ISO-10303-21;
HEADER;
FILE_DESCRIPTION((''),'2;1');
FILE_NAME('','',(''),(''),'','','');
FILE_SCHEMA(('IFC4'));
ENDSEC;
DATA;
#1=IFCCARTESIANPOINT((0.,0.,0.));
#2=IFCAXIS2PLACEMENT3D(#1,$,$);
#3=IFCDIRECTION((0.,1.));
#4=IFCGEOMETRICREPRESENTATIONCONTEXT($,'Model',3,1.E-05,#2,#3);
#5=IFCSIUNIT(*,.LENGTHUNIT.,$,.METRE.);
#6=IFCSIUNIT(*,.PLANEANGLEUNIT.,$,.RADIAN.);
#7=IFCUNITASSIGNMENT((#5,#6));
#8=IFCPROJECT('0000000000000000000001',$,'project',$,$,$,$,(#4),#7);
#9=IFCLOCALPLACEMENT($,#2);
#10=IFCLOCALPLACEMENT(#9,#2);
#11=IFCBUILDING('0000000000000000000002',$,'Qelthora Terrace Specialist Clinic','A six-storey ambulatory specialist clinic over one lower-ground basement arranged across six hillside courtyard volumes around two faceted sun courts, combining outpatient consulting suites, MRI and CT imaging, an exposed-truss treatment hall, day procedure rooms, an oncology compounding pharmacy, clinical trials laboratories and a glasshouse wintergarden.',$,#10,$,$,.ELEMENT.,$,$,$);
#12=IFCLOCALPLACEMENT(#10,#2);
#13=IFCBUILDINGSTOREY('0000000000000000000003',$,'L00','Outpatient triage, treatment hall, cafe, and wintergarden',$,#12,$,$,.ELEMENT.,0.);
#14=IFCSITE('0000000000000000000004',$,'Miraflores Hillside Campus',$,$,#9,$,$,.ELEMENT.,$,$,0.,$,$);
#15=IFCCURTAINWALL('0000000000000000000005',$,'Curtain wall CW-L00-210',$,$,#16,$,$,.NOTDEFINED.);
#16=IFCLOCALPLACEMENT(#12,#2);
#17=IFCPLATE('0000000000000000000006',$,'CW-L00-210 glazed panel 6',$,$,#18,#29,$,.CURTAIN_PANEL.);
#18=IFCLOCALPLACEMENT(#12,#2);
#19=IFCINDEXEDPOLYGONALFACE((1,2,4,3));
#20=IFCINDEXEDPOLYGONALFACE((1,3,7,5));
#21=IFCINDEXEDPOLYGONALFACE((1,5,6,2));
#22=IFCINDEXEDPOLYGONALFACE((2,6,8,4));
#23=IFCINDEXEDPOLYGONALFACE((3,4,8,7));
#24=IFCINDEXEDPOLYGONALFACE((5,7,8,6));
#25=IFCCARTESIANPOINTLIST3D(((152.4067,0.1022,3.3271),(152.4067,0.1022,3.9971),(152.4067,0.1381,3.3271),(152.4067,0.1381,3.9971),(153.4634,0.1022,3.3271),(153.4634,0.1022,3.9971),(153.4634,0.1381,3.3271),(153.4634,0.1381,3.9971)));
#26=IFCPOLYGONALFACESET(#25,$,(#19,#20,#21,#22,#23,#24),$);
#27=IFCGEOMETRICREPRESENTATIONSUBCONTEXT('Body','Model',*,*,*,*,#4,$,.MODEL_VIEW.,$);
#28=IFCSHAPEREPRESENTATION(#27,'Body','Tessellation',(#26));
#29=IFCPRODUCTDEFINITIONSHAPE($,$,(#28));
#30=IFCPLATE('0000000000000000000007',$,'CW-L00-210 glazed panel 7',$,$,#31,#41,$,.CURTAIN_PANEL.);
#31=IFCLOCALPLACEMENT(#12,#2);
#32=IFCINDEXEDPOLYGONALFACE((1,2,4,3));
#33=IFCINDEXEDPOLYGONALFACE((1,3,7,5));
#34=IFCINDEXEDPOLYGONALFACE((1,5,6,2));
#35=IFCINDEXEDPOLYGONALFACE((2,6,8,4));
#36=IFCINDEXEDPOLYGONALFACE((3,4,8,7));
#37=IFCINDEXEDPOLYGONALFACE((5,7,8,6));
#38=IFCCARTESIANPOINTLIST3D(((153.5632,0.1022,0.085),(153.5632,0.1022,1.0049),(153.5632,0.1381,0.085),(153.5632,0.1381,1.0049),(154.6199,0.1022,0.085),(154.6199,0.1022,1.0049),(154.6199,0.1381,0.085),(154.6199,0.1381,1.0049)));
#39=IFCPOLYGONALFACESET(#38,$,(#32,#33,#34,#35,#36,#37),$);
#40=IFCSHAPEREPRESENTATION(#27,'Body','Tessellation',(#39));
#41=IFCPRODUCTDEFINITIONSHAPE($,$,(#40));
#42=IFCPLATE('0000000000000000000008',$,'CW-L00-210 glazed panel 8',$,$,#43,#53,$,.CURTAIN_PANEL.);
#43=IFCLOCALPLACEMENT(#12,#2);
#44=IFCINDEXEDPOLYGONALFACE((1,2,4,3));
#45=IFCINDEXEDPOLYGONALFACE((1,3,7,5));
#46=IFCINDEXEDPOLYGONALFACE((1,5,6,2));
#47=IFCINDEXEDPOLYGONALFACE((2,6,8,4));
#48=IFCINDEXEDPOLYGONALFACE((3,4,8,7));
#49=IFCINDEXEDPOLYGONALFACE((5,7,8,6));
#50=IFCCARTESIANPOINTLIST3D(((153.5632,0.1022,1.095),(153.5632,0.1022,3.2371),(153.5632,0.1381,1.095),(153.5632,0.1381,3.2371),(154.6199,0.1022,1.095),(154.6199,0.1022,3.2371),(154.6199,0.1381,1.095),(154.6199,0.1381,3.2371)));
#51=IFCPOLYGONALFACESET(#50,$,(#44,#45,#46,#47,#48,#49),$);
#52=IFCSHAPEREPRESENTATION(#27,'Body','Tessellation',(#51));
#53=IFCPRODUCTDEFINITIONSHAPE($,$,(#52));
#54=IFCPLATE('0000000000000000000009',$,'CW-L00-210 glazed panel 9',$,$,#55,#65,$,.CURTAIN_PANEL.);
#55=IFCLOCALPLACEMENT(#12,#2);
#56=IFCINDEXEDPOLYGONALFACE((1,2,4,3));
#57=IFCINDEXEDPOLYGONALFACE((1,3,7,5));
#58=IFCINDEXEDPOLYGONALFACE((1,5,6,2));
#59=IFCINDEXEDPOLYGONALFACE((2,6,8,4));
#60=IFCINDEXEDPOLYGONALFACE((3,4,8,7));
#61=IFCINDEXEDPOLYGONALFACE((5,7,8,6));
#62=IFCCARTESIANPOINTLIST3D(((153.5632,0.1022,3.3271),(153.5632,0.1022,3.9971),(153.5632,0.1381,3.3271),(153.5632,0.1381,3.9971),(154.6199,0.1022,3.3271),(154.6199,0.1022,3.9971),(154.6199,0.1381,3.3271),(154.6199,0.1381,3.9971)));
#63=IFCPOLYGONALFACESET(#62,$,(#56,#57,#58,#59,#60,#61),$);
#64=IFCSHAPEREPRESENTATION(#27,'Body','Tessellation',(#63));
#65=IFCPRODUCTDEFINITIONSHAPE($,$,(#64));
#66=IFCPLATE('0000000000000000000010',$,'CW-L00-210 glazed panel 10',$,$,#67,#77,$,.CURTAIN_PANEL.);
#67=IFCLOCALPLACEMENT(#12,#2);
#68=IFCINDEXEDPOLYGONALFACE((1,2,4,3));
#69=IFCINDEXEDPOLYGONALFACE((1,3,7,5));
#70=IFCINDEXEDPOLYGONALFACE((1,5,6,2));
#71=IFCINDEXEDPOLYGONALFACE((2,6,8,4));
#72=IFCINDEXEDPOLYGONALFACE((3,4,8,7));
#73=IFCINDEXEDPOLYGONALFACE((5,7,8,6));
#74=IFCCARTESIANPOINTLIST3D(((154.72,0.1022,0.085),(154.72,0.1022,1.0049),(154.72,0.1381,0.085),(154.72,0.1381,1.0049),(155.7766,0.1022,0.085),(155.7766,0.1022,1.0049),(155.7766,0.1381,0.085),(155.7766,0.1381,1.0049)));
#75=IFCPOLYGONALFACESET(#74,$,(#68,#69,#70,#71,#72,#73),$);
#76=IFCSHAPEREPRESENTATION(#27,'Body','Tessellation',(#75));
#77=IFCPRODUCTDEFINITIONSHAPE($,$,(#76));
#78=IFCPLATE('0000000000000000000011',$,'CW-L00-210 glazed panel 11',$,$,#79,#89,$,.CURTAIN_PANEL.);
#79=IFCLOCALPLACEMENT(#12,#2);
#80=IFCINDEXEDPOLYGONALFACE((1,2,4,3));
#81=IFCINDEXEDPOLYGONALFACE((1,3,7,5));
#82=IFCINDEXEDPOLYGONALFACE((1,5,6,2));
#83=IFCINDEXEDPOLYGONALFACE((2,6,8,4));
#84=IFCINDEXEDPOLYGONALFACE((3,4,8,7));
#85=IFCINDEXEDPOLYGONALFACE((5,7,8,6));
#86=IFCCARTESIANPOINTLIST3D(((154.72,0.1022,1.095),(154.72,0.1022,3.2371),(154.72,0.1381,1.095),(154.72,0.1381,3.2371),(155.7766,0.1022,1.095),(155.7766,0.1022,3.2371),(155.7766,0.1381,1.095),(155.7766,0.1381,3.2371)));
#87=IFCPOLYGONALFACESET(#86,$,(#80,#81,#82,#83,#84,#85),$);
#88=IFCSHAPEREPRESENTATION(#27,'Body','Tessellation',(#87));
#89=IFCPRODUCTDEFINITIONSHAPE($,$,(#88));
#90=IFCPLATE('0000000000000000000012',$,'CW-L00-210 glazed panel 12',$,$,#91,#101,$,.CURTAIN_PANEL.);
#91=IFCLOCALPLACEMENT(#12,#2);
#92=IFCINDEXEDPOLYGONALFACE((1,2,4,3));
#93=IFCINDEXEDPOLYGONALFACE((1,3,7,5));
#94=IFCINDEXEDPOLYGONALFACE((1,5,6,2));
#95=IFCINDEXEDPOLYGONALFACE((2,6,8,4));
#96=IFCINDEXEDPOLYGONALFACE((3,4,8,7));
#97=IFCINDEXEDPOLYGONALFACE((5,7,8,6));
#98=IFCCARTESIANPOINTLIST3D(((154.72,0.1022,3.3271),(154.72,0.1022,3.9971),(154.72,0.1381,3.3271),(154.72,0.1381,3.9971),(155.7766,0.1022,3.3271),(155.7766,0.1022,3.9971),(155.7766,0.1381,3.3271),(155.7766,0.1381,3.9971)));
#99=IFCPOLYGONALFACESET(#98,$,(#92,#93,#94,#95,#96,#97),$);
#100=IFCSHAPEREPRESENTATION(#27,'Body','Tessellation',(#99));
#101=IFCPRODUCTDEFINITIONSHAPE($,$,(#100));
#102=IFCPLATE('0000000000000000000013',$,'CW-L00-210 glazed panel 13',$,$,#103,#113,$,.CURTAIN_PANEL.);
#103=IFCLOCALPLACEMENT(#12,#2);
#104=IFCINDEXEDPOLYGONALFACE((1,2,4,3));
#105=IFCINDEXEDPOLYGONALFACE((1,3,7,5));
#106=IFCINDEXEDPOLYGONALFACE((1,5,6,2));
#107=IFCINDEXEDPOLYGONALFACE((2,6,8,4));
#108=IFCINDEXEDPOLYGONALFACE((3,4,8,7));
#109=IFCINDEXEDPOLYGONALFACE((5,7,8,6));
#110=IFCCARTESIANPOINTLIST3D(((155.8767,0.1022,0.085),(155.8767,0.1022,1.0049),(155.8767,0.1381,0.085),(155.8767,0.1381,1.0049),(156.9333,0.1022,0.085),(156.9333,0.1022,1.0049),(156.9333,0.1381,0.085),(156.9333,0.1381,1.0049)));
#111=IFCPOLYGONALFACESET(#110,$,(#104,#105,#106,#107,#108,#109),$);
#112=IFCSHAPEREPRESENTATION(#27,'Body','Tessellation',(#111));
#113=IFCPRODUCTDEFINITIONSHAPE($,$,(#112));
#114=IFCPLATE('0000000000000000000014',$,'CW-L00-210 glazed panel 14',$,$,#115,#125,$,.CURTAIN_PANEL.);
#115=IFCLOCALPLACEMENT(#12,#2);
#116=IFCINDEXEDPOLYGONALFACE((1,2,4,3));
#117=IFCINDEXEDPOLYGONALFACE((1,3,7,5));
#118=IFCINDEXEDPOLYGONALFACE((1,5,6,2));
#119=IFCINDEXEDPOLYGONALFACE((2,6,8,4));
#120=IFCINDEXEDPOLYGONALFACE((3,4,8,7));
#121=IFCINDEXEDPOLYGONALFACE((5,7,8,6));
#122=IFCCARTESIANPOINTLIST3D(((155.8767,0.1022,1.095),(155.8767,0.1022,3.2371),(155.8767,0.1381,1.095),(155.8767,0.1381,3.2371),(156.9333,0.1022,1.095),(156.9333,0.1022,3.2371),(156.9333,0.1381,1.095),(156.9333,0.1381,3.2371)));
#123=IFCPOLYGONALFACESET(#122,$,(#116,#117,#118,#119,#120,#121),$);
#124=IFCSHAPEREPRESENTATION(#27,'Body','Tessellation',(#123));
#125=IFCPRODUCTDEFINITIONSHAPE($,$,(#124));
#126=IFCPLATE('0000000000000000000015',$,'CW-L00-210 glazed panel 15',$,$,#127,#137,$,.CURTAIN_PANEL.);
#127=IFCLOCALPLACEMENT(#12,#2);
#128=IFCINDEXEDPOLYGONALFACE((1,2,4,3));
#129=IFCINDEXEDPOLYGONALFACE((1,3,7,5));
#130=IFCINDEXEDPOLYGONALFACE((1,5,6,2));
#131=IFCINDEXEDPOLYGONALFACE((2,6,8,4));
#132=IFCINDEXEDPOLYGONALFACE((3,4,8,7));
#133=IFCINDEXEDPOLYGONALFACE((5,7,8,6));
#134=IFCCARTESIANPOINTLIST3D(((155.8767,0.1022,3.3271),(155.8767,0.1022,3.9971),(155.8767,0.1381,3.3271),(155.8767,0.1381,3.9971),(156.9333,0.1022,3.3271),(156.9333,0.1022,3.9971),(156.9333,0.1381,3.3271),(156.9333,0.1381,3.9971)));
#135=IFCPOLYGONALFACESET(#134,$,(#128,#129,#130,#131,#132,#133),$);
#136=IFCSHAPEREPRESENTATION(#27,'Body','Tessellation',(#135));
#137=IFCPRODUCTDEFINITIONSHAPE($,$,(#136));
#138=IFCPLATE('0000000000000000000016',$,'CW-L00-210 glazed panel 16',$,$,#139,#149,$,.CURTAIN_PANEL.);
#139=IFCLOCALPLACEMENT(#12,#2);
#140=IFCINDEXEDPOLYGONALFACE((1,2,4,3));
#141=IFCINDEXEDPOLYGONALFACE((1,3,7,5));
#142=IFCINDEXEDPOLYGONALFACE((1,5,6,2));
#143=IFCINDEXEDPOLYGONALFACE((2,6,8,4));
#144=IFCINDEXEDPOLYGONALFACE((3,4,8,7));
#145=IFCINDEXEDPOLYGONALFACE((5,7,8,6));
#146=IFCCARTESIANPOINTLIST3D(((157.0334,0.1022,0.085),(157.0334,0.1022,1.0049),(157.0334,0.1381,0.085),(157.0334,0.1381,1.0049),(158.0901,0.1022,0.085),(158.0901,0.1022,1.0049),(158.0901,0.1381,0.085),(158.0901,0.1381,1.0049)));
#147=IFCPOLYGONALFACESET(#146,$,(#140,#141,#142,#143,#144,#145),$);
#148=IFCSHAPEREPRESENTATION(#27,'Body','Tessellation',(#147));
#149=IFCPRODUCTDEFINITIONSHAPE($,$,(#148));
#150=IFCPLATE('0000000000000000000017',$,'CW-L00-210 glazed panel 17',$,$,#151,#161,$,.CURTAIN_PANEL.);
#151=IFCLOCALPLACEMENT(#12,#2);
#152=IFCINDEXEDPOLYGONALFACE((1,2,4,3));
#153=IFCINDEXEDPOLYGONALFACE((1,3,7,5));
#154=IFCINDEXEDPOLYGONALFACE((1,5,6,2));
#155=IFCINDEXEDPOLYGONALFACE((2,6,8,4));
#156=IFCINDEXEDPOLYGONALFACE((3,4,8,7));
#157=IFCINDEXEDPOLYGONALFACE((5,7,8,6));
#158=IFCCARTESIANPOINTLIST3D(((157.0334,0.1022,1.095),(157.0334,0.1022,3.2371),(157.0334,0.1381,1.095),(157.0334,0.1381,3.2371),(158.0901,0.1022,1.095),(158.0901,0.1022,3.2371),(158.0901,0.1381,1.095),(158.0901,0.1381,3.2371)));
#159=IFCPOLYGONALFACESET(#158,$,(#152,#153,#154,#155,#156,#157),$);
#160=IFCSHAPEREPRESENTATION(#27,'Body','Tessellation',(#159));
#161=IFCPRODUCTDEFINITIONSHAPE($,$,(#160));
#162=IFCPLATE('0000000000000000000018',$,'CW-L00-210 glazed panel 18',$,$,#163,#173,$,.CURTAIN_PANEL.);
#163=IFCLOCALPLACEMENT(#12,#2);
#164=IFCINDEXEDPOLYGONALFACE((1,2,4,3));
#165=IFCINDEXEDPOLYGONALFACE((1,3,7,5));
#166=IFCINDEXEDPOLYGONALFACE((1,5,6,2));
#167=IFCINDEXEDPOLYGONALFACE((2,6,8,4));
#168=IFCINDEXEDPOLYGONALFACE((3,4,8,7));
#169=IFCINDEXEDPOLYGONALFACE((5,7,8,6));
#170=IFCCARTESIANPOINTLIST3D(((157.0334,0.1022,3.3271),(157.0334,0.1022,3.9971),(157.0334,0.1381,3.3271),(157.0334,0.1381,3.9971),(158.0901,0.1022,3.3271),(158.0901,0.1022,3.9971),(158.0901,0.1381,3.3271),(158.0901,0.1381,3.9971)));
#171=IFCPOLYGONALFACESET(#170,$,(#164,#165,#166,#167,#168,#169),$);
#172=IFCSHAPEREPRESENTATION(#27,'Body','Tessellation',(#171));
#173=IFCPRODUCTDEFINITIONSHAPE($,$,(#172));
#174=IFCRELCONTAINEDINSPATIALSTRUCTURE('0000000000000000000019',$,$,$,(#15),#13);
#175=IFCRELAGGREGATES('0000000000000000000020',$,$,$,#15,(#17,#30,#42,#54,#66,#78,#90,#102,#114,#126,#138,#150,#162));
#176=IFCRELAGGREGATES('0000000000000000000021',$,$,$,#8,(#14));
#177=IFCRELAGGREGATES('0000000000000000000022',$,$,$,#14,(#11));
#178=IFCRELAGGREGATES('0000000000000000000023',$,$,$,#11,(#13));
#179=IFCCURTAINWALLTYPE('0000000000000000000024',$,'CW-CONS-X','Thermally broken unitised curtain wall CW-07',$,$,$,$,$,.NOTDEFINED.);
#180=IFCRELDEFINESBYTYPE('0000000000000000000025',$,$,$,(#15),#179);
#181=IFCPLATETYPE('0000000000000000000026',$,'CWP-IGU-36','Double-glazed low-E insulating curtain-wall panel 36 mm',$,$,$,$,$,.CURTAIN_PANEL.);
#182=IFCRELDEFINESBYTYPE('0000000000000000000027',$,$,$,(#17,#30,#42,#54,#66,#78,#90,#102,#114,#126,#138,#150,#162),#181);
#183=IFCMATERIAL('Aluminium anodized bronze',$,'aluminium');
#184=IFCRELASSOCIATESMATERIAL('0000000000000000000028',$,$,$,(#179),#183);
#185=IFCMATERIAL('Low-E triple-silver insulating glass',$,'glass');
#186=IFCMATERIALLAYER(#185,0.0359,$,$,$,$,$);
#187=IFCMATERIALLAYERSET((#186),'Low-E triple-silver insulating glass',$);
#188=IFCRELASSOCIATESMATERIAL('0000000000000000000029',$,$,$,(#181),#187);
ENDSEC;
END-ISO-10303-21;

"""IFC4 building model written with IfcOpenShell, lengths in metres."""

from ifc_helpers import new_model, si_unit, direction, frame, origin, origin_2d, place, context, subcontext, project, spatial, rectangle, extrude, material, layer, layer_set, type_object, element, aggregate, save


model = new_model("IFC4")

# Units and contexts
model_context = context("Model", 3, precision=1e-05, world=origin(), true_north=direction((0.0, 1.0)))
body_context = subcontext(model_context, "Body", "Model", "MODEL_VIEW")
ifc_project = project(units=[si_unit("LENGTHUNIT", "METRE"), si_unit("PLANEANGLEUNIT", "RADIAN")], contexts=[model_context])

# Site, building, storey
site_placement = place(None, origin())
site = spatial("IfcSite", under=ifc_project, at=site_placement, Name="Miraflores Hillside Campus", CompositionType="ELEMENT", RefElevation=0.0)
building_placement = place(site_placement, origin())
building = spatial("IfcBuilding", under=site, at=building_placement, Name="Qelthora Terrace Specialist Clinic", Description="A six-storey ambulatory specialist clinic over one lower-ground basement arranged across six hillside courtyard volumes around two faceted sun courts, combining outpatient consulting suites, MRI and CT imaging, an exposed-truss treatment hall, day procedure rooms, an oncology compounding pharmacy, clinical trials laboratories and a glasshouse wintergarden.", CompositionType="ELEMENT")
storey_placement = place(building_placement, origin())
storey = spatial("IfcBuildingStorey", under=building, at=storey_placement, Name="L00", Description="Outpatient triage, treatment hall, cafe, and wintergarden", CompositionType="ELEMENT", Elevation=0.0)

# Curtain wall, plates
ifc_material_1 = material(Name="Aluminium anodized bronze", Category="aluminium")
curtain_wall_type = type_object("IfcCurtainWallType", Name="CW-CONS-X", Description="Thermally broken unitised curtain wall CW-07", PredefinedType="NOTDEFINED", material=ifc_material_1)
curtain_wall_placement = place(storey_placement, origin())
curtain_wall = element("IfcCurtainWall", 1, at=curtain_wall_placement, inside=storey, type_object=curtain_wall_type, Name="Curtain wall CW-L00-210", PredefinedType="NOTDEFINED")
ifc_material_2 = material(Name="Low-E triple-silver insulating glass", Category="glass")
ifc_layer = layer(ifc_material_2, 0.0359)
ifc_layer_set = layer_set([ifc_layer], Name="Low-E triple-silver insulating glass")
plate_type = type_object("IfcPlateType", Name="CWP-IGU-36", Description="Double-glazed low-E insulating curtain-wall panel 36 mm", PredefinedType="CURTAIN_PANEL", material=ifc_layer_set)
plate_1_placement = place(storey_placement, frame((152.9351, 0.1201, 3.3271), z_axis=(0.0, 0.0, 1.0), x_axis=(1.0, 0.0, 0.0)))
plate_1 = element("IfcPlate", 2, at=plate_1_placement, type_object=plate_type, Name="CW-L00-210 glazed panel 6", PredefinedType="CURTAIN_PANEL", context=body_context, shape_type="SweptSolid", body=[
    extrude(rectangle(XDim=1.0566, YDim=0.0359, at=origin_2d()), origin(), (0.0, 0.0, 1.0), 0.6699),
])
plate_2_placement = place(storey_placement, frame((154.0916, 0.1201, 0.085), z_axis=(0.0, 0.0, 1.0), x_axis=(1.0, 0.0, 0.0)))
plate_2 = element("IfcPlate", 3, at=plate_2_placement, type_object=plate_type, Name="CW-L00-210 glazed panel 7", PredefinedType="CURTAIN_PANEL", context=body_context, shape_type="SweptSolid", body=[
    extrude(rectangle(XDim=1.0566, YDim=0.0359, at=origin_2d()), origin(), (0.0, 0.0, 1.0), 0.9199),
])
plate_3_placement = place(storey_placement, frame((154.0916, 0.1201, 1.095), z_axis=(0.0, 0.0, 1.0), x_axis=(1.0, 0.0, 0.0)))
plate_3 = element("IfcPlate", 4, at=plate_3_placement, type_object=plate_type, Name="CW-L00-210 glazed panel 8", PredefinedType="CURTAIN_PANEL", context=body_context, shape_type="SweptSolid", body=[
    extrude(rectangle(XDim=1.0566, YDim=0.0359, at=origin_2d()), origin(), (0.0, 0.0, 1.0), 2.1421),
])
plate_4_placement = place(storey_placement, frame((154.0916, 0.1201, 3.3271), z_axis=(0.0, 0.0, 1.0), x_axis=(1.0, 0.0, 0.0)))
plate_4 = element("IfcPlate", 5, at=plate_4_placement, type_object=plate_type, Name="CW-L00-210 glazed panel 9", PredefinedType="CURTAIN_PANEL", context=body_context, shape_type="SweptSolid", body=[
    extrude(rectangle(XDim=1.0566, YDim=0.0359, at=origin_2d()), origin(), (0.0, 0.0, 1.0), 0.6699),
])
plate_5_placement = place(storey_placement, frame((155.2483, 0.1201, 0.085), z_axis=(0.0, 0.0, 1.0), x_axis=(1.0, 0.0, 0.0)))
plate_5 = element("IfcPlate", 6, at=plate_5_placement, type_object=plate_type, Name="CW-L00-210 glazed panel 10", PredefinedType="CURTAIN_PANEL", context=body_context, shape_type="SweptSolid", body=[
    extrude(rectangle(XDim=1.0566, YDim=0.0359, at=origin_2d()), origin(), (0.0, 0.0, 1.0), 0.9199),
])
plate_6_placement = place(storey_placement, frame((155.2483, 0.1201, 1.095), z_axis=(0.0, 0.0, 1.0), x_axis=(1.0, 0.0, 0.0)))
plate_6 = element("IfcPlate", 7, at=plate_6_placement, type_object=plate_type, Name="CW-L00-210 glazed panel 11", PredefinedType="CURTAIN_PANEL", context=body_context, shape_type="SweptSolid", body=[
    extrude(rectangle(XDim=1.0566, YDim=0.0359, at=origin_2d()), origin(), (0.0, 0.0, 1.0), 2.1421),
])
plate_7_placement = place(storey_placement, frame((155.2483, 0.1201, 3.3271), z_axis=(0.0, 0.0, 1.0), x_axis=(1.0, 0.0, 0.0)))
plate_7 = element("IfcPlate", 8, at=plate_7_placement, type_object=plate_type, Name="CW-L00-210 glazed panel 12", PredefinedType="CURTAIN_PANEL", context=body_context, shape_type="SweptSolid", body=[
    extrude(rectangle(XDim=1.0566, YDim=0.0359, at=origin_2d()), origin(), (0.0, 0.0, 1.0), 0.6699),
])
plate_8_placement = place(storey_placement, frame((156.405, 0.1201, 0.085), z_axis=(0.0, 0.0, 1.0), x_axis=(1.0, 0.0, 0.0)))
plate_8 = element("IfcPlate", 9, at=plate_8_placement, type_object=plate_type, Name="CW-L00-210 glazed panel 13", PredefinedType="CURTAIN_PANEL", context=body_context, shape_type="SweptSolid", body=[
    extrude(rectangle(XDim=1.0566, YDim=0.0359, at=origin_2d()), origin(), (0.0, 0.0, 1.0), 0.9199),
])
plate_9_placement = place(storey_placement, frame((156.405, 0.1201, 1.095), z_axis=(0.0, 0.0, 1.0), x_axis=(1.0, 0.0, 0.0)))
plate_9 = element("IfcPlate", 10, at=plate_9_placement, type_object=plate_type, Name="CW-L00-210 glazed panel 14", PredefinedType="CURTAIN_PANEL", context=body_context, shape_type="SweptSolid", body=[
    extrude(rectangle(XDim=1.0566, YDim=0.0359, at=origin_2d()), origin(), (0.0, 0.0, 1.0), 2.1421),
])
plate_10_placement = place(storey_placement, frame((156.405, 0.1201, 3.3271), z_axis=(0.0, 0.0, 1.0), x_axis=(1.0, 0.0, 0.0)))
plate_10 = element("IfcPlate", 11, at=plate_10_placement, type_object=plate_type, Name="CW-L00-210 glazed panel 15", PredefinedType="CURTAIN_PANEL", context=body_context, shape_type="SweptSolid", body=[
    extrude(rectangle(XDim=1.0566, YDim=0.0359, at=origin_2d()), origin(), (0.0, 0.0, 1.0), 0.6699),
])
plate_11_placement = place(storey_placement, frame((157.5618, 0.1201, 0.085), z_axis=(0.0, 0.0, 1.0), x_axis=(1.0, 0.0, 0.0)))
plate_11 = element("IfcPlate", 12, at=plate_11_placement, type_object=plate_type, Name="CW-L00-210 glazed panel 16", PredefinedType="CURTAIN_PANEL", context=body_context, shape_type="SweptSolid", body=[
    extrude(rectangle(XDim=1.0566, YDim=0.0359, at=origin_2d()), origin(), (0.0, 0.0, 1.0), 0.9199),
])
plate_12_placement = place(storey_placement, frame((157.5618, 0.1201, 1.095), z_axis=(0.0, 0.0, 1.0), x_axis=(1.0, 0.0, 0.0)))
plate_12 = element("IfcPlate", 13, at=plate_12_placement, type_object=plate_type, Name="CW-L00-210 glazed panel 17", PredefinedType="CURTAIN_PANEL", context=body_context, shape_type="SweptSolid", body=[
    extrude(rectangle(XDim=1.0566, YDim=0.0359, at=origin_2d()), origin(), (0.0, 0.0, 1.0), 2.1421),
])
plate_13_placement = place(storey_placement, frame((157.5618, 0.1201, 3.3271), z_axis=(0.0, 0.0, 1.0), x_axis=(1.0, 0.0, 0.0)))
plate_13 = element("IfcPlate", 14, at=plate_13_placement, type_object=plate_type, Name="CW-L00-210 glazed panel 18", PredefinedType="CURTAIN_PANEL", context=body_context, shape_type="SweptSolid", body=[
    extrude(rectangle(XDim=1.0566, YDim=0.0359, at=origin_2d()), origin(), (0.0, 0.0, 1.0), 0.6699),
])
aggregate(curtain_wall, [plate_1, plate_2, plate_3, plate_4, plate_5, plate_6, plate_7, plate_8, plate_9, plate_10, plate_11, plate_12, plate_13])

save(model, "model.ifc")
